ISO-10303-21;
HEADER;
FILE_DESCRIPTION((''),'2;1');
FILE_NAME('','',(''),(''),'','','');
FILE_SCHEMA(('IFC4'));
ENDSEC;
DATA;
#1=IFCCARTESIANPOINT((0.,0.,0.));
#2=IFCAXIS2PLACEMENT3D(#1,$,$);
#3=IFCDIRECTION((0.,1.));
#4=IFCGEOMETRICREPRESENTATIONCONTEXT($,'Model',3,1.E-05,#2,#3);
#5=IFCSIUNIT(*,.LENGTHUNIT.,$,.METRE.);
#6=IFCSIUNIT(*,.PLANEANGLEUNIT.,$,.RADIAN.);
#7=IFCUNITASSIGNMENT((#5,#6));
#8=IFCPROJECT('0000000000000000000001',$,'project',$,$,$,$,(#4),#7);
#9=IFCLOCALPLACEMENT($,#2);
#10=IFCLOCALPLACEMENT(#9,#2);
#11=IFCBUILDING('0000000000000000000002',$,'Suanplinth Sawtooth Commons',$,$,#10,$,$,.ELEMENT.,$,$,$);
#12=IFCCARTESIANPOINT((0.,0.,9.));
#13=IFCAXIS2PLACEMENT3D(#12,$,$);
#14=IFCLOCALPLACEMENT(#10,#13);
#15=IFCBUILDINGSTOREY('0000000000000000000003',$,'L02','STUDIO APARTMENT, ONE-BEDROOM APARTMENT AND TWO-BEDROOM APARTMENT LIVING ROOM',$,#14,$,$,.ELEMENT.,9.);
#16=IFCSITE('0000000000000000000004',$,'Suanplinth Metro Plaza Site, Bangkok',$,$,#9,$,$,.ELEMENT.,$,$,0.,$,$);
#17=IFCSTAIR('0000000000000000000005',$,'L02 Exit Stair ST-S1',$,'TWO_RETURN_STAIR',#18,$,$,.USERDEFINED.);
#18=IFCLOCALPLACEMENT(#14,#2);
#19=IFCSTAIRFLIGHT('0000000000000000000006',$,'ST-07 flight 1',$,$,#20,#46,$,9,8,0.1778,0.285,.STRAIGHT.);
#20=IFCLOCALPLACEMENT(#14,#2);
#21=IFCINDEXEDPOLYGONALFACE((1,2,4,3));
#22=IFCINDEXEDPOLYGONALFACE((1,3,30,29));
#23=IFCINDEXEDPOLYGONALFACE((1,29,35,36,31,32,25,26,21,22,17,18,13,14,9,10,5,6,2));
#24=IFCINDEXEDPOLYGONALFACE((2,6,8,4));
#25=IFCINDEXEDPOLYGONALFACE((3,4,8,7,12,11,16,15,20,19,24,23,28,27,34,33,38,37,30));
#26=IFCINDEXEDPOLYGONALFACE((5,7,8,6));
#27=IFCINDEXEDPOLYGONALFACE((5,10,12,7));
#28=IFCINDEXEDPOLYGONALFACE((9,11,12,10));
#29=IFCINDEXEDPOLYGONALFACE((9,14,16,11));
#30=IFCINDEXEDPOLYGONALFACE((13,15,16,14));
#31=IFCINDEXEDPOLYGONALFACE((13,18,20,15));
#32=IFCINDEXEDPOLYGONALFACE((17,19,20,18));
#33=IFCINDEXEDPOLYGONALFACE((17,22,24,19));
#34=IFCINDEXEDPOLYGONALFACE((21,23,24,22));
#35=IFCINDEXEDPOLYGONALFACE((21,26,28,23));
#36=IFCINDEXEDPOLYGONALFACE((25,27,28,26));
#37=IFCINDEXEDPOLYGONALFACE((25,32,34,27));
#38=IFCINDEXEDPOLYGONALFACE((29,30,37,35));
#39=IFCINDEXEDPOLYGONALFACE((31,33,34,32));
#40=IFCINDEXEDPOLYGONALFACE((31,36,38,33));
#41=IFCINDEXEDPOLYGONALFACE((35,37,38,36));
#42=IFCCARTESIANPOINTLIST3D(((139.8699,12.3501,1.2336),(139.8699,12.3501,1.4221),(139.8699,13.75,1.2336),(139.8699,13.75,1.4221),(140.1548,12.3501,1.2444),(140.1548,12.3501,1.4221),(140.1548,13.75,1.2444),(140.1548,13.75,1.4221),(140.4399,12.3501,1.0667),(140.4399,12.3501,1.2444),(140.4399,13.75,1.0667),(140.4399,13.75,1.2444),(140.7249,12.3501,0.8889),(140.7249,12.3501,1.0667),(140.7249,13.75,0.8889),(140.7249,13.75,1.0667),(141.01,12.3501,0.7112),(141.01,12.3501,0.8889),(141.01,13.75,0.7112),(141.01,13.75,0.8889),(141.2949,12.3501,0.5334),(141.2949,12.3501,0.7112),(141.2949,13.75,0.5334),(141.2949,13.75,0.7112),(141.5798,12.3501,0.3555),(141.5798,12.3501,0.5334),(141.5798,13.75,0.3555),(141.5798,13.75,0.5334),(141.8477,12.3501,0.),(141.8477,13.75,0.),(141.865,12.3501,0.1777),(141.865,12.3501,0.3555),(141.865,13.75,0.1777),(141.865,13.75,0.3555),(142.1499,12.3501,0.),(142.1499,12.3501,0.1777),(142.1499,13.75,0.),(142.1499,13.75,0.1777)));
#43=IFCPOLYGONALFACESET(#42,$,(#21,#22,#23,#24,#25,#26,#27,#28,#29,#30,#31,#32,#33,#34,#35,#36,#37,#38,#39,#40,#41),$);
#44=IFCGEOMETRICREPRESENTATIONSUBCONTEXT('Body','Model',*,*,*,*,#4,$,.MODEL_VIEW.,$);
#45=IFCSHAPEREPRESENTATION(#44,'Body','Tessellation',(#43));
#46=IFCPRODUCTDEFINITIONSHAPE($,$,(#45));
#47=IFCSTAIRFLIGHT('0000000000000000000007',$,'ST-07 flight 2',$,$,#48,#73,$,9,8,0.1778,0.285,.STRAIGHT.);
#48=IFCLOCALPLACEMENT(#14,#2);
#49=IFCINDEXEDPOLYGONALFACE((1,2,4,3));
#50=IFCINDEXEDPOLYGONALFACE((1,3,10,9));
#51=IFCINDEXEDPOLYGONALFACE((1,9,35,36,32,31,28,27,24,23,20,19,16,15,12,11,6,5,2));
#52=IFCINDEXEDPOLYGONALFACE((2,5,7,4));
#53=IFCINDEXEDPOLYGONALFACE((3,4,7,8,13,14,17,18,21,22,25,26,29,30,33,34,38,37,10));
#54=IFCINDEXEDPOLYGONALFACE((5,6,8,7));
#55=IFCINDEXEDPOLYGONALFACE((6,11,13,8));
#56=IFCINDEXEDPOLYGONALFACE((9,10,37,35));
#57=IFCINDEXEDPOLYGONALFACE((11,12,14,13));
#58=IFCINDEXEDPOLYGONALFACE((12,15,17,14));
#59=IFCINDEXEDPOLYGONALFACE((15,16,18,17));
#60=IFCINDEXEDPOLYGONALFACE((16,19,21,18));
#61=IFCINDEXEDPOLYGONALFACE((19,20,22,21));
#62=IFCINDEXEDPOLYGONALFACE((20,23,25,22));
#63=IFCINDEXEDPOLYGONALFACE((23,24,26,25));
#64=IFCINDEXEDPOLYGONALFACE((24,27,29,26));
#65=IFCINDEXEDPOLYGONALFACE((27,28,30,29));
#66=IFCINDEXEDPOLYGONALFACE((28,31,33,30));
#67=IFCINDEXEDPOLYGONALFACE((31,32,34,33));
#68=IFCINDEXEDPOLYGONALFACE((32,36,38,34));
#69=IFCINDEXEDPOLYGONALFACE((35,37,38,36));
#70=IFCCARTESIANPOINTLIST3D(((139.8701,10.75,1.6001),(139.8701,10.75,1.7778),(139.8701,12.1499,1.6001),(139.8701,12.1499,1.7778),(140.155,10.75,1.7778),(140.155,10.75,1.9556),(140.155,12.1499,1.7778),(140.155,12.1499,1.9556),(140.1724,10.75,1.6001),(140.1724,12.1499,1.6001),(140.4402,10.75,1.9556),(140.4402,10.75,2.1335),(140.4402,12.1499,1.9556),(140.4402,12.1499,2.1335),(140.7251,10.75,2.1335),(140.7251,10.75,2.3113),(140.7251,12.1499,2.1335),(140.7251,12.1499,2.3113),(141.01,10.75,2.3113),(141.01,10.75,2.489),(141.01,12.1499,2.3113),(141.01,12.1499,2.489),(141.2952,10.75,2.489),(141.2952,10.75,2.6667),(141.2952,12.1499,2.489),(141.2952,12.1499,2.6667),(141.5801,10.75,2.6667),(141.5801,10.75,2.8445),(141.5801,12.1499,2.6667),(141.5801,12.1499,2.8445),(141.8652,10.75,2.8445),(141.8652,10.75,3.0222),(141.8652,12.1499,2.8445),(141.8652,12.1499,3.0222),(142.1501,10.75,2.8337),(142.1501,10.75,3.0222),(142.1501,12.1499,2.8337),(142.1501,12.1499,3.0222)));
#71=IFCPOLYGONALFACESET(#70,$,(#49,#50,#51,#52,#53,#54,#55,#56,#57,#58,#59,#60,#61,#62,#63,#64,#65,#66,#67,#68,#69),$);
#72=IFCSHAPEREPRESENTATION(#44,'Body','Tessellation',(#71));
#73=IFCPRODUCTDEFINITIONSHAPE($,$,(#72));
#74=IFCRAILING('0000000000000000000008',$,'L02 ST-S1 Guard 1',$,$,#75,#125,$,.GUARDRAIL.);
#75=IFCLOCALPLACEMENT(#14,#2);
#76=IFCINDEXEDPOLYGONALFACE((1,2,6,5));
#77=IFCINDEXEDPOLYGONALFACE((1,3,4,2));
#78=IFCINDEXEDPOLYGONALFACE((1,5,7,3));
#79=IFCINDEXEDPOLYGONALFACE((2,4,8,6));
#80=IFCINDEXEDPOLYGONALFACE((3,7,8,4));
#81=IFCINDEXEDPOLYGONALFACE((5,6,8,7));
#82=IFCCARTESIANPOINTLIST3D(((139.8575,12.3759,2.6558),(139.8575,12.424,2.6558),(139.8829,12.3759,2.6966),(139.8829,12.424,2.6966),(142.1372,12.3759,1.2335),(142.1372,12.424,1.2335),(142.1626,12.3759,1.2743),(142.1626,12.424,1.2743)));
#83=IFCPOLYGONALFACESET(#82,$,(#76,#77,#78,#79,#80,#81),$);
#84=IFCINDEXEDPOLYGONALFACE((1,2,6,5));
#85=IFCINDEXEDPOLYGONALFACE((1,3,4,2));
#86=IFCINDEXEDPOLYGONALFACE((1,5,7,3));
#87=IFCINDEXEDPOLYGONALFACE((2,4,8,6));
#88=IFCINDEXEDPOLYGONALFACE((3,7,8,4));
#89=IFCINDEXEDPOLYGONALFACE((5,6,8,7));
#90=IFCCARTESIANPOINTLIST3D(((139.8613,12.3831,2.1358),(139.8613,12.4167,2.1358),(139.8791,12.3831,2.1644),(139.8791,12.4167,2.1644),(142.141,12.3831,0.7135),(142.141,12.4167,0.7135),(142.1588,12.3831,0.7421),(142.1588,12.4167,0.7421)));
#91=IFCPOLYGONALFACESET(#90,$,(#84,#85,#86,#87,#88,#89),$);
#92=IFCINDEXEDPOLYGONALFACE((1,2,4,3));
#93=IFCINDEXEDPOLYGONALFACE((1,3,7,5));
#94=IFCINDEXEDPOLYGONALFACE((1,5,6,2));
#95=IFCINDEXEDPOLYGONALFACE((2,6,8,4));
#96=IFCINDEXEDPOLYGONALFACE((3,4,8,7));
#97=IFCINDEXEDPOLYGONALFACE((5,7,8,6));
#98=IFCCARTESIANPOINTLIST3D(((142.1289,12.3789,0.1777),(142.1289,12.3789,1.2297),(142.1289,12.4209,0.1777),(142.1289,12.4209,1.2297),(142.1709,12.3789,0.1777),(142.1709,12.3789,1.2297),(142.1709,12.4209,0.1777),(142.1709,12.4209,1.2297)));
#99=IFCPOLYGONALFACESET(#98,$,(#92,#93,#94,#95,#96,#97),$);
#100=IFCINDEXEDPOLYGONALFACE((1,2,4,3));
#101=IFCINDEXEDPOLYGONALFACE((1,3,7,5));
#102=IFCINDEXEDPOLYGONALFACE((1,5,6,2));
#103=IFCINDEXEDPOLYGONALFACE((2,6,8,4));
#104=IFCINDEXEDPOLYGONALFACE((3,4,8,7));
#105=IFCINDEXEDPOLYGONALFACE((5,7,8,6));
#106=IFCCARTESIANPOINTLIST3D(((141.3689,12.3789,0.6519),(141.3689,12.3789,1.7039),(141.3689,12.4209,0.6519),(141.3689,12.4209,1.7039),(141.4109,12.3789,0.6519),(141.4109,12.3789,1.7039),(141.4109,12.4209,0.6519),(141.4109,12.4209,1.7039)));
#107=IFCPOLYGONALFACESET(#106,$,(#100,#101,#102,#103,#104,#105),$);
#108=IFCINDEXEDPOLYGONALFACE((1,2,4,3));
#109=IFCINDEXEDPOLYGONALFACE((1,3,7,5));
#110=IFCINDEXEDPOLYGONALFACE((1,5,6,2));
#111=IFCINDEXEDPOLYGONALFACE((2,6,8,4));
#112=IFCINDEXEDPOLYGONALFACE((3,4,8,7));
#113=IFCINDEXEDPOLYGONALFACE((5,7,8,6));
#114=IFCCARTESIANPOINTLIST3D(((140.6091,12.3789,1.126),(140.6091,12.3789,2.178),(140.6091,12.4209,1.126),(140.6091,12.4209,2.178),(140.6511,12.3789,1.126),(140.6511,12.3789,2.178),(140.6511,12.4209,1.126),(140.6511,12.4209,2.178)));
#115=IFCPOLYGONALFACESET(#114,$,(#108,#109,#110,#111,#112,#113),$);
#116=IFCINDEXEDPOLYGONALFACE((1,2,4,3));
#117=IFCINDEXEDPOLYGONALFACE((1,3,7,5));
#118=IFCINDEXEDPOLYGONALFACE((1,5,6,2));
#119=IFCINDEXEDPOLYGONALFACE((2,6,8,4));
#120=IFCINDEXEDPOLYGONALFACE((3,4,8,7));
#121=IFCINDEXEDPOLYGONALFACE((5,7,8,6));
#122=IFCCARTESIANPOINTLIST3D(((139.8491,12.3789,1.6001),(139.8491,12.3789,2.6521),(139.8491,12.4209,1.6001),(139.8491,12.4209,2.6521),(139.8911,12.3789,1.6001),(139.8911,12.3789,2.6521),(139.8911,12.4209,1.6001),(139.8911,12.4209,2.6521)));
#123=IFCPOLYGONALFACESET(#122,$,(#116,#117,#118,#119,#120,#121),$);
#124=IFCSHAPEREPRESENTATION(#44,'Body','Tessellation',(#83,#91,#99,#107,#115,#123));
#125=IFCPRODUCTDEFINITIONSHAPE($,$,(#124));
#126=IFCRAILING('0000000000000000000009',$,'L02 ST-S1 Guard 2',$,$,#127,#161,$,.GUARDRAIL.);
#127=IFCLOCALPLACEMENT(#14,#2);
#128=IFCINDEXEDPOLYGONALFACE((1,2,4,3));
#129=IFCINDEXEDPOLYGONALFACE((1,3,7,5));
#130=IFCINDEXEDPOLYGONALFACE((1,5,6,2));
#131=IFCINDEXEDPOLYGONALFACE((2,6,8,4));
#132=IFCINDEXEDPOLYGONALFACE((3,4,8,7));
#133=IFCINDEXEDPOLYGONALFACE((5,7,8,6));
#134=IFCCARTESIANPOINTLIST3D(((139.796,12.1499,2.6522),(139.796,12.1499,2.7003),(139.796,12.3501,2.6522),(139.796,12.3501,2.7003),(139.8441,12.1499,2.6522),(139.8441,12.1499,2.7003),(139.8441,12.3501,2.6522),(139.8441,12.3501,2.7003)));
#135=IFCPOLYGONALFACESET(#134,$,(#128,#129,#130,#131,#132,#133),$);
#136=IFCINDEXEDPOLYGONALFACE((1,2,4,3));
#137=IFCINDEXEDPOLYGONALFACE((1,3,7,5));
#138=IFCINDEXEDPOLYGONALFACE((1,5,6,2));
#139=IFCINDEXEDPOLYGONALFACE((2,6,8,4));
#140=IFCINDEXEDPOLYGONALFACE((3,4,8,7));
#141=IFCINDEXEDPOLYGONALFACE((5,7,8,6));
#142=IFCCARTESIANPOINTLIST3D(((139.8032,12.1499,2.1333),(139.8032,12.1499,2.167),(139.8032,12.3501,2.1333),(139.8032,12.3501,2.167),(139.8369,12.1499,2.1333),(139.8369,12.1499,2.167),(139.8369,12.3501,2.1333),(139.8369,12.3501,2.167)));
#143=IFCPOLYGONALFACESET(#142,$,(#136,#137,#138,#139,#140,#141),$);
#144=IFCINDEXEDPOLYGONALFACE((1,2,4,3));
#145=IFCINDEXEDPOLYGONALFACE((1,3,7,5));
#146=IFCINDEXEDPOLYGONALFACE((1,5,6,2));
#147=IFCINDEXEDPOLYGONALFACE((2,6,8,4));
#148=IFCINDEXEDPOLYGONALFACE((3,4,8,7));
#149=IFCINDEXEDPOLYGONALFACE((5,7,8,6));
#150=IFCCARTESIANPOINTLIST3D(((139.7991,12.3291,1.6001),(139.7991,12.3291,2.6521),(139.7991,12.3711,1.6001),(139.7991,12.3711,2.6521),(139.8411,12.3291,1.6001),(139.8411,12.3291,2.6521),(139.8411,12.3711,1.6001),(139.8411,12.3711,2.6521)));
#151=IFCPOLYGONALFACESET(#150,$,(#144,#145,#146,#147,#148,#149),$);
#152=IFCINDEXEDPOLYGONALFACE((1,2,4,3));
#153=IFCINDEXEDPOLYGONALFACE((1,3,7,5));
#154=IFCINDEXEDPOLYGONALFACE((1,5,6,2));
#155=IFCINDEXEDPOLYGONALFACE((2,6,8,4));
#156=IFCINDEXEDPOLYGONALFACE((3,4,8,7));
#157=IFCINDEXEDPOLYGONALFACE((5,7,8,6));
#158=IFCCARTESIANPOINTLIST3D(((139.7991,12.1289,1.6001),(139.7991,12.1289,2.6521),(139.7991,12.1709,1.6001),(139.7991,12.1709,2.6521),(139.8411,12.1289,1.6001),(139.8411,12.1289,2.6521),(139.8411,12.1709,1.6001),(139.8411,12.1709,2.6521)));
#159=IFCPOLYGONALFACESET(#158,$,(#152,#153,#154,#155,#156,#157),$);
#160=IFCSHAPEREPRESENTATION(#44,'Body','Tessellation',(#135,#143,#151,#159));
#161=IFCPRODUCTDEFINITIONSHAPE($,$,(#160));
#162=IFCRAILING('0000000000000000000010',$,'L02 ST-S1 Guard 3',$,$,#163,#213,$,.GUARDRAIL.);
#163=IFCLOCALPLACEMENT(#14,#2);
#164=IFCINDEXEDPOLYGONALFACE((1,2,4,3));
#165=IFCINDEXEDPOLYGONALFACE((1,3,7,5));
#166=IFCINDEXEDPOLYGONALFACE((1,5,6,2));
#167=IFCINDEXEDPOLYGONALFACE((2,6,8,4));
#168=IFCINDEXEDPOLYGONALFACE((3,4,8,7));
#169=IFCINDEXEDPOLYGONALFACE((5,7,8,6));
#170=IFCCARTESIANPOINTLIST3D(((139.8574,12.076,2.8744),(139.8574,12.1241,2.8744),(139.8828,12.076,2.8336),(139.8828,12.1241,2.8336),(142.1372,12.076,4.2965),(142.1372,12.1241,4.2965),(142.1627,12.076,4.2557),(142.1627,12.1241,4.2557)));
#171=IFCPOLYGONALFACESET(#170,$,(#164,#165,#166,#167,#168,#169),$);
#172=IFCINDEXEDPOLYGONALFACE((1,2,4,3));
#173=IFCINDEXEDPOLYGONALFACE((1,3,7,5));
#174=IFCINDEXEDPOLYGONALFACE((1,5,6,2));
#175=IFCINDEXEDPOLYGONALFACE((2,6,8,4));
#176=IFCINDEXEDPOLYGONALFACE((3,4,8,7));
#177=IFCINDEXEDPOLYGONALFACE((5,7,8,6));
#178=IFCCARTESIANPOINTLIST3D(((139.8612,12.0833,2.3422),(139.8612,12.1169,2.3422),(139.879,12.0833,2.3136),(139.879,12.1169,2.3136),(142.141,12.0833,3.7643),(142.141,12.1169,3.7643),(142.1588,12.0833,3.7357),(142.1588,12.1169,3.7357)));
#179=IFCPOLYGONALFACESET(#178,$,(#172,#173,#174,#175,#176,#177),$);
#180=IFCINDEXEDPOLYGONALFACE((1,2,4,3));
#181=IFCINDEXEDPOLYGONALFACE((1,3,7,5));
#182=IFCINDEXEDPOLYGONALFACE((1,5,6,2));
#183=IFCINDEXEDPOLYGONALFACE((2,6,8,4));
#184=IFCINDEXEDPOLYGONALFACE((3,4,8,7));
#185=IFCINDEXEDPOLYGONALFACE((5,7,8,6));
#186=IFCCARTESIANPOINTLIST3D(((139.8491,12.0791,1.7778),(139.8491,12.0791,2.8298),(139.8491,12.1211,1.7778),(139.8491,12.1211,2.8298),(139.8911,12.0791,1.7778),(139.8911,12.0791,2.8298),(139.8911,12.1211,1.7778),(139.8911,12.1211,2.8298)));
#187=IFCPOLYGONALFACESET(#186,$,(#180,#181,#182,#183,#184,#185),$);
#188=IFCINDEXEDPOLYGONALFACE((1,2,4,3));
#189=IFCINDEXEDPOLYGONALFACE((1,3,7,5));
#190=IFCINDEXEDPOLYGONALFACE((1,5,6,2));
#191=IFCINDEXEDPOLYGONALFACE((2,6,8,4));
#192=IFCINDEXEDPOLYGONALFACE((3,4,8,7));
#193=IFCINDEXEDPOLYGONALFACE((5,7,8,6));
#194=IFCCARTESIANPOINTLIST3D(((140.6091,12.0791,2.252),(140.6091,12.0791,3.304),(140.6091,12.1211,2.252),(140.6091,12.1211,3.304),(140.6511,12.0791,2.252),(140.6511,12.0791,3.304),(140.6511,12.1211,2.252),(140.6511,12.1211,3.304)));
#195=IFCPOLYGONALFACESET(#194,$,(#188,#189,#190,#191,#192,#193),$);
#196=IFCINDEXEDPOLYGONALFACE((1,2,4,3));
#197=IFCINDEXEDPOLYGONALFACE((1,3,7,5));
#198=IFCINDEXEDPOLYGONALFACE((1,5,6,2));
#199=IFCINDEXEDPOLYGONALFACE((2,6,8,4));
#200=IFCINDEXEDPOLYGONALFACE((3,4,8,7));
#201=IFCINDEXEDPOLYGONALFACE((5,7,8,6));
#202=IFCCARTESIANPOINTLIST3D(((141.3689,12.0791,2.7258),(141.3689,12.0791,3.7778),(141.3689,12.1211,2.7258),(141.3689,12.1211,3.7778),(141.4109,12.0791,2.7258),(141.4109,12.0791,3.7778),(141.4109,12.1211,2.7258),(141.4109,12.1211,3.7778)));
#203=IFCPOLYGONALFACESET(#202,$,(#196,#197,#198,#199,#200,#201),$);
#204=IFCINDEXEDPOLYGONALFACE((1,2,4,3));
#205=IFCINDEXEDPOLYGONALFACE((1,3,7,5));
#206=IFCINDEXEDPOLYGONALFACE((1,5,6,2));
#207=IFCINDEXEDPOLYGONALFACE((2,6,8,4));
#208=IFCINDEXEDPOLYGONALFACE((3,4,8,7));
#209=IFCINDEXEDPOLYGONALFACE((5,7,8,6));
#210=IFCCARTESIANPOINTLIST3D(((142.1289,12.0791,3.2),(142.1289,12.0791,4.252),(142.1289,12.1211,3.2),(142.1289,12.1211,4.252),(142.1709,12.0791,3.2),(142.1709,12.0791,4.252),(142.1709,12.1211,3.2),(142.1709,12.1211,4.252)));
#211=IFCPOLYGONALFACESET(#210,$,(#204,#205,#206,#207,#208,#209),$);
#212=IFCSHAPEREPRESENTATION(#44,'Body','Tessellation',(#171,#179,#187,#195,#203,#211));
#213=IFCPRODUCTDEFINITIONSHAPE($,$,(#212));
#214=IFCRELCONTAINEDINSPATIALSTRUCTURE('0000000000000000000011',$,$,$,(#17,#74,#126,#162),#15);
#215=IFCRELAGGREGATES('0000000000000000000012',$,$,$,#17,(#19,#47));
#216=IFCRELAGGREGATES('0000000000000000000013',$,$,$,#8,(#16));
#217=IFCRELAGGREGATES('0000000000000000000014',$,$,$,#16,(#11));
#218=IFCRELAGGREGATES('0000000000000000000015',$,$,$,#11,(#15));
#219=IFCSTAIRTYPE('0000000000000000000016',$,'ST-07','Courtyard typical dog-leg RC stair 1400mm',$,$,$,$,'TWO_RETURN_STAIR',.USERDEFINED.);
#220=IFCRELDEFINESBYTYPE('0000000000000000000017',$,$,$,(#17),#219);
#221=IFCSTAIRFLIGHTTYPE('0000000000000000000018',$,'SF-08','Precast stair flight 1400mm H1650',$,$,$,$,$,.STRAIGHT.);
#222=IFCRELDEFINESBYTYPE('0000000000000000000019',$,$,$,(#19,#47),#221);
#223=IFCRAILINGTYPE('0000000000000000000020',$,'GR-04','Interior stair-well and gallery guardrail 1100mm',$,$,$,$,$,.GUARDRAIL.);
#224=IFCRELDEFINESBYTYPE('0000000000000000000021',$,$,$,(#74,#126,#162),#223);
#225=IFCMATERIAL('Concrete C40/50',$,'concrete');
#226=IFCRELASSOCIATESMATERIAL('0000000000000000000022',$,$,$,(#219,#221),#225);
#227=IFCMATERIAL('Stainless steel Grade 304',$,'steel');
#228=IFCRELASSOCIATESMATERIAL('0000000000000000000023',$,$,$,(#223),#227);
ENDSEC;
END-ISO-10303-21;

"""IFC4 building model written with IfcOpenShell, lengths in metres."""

from ifc_helpers import new_model, si_unit, direction, frame, origin, origin_2d, place, context, subcontext, project, spatial, polyline, rectangle, outline, extrude, material, type_object, element, aggregate, save


model = new_model("IFC4")

# Units and contexts
model_context = context("Model", 3, precision=1e-05, world=origin(), true_north=direction((0.0, 1.0)))
body_context = subcontext(model_context, "Body", "Model", "MODEL_VIEW")
ifc_project = project(units=[si_unit("LENGTHUNIT", "METRE"), si_unit("PLANEANGLEUNIT", "RADIAN")], contexts=[model_context])

# Site, building, storey
site_placement = place(None, origin())
site = spatial("IfcSite", under=ifc_project, at=site_placement, Name="Suanplinth Metro Plaza Site, Bangkok", CompositionType="ELEMENT", RefElevation=0.0)
building_placement = place(site_placement, origin())
building = spatial("IfcBuilding", under=site, at=building_placement, Name="Suanplinth Sawtooth Commons", CompositionType="ELEMENT")
storey_placement = place(building_placement, frame((0.0, 0.0, 9.0)))
storey = spatial("IfcBuildingStorey", under=building, at=storey_placement, Name="L02", Description="STUDIO APARTMENT, ONE-BEDROOM APARTMENT AND TWO-BEDROOM APARTMENT LIVING ROOM", CompositionType="ELEMENT", Elevation=9.0)

# Shared definitions
ifc_material_1 = material(Name="Concrete C40/50", Category="concrete")

# Shared definitions
ifc_material_2 = material(Name="Stainless steel Grade 304", Category="steel")

# Stair, stair flights
stair_type = type_object("IfcStairType", Name="ST-07", Description="Courtyard typical dog-leg RC stair 1400mm", ElementType="TWO_RETURN_STAIR", PredefinedType="USERDEFINED", material=ifc_material_1)
stair_placement = place(storey_placement, origin())
stair = element("IfcStair", 1, at=stair_placement, inside=storey, type_object=stair_type, Name="L02 Exit Stair ST-S1", ObjectType="TWO_RETURN_STAIR", PredefinedType="USERDEFINED")
stair_flight_type = type_object("IfcStairFlightType", Name="SF-08", Description="Precast stair flight 1400mm H1650", PredefinedType="STRAIGHT", material=ifc_material_1)
stair_flight_1_placement = place(storey_placement, frame((142.1499, 13.05, 0.0), z_axis=(0.0, 0.0, 1.0), x_axis=(-1.0, 0.0, 0.0)))
stair_flight_1 = element("IfcStairFlight", 2, at=stair_flight_1_placement, type_object=stair_flight_type, Name="ST-07 flight 1", NumberOfRisers=9, NumberOfTreads=8, PredefinedType="STRAIGHT", RiserHeight=0.1778, TreadLength=0.285, context=body_context, shape_type="SweptSolid", body=[
    extrude(outline(polyline([(0.0, 0.0), (0.0, 0.1777), (0.2849, 0.1777), (0.2849, 0.3555), (0.5701, 0.3555), (0.5701, 0.5334), (0.855, 0.5334), (0.855, 0.7112), (1.1399, 0.7112), (1.1399, 0.8889), (1.425, 0.8889), (1.425, 1.0667), (1.71, 1.0667), (1.71, 1.2444), (1.9951, 1.2444), (1.9951, 1.4221), (2.28, 1.4221), (2.28, 1.6001), (2.28, 1.2336), (0.3022, 0.0), (0.0, 0.0)])), frame((0.0, 0.7, 0.0), z_axis=(0.0, -1.0, 0.0), x_axis=(1.0, 0.0, 0.0)), (0.0, 0.0, 1.0), 1.3999),
])
stair_flight_2_placement = place(storey_placement, frame((139.8701, 11.45, 1.6001), z_axis=(0.0, 0.0, 1.0), x_axis=(1.0, 0.0, 0.0)))
stair_flight_2 = element("IfcStairFlight", 3, at=stair_flight_2_placement, type_object=stair_flight_type, Name="ST-07 flight 2", NumberOfRisers=9, NumberOfTreads=8, PredefinedType="STRAIGHT", RiserHeight=0.1778, TreadLength=0.285, context=body_context, shape_type="SweptSolid", body=[
    extrude(outline(polyline([(0.0, 0.0), (0.0, 0.1777), (0.2849, 0.1777), (0.2849, 0.3555), (0.5701, 0.3555), (0.5701, 0.5334), (0.855, 0.5334), (0.855, 0.7112), (1.1399, 0.7112), (1.1399, 0.8889), (1.425, 0.8889), (1.425, 1.0667), (1.71, 1.0667), (1.71, 1.2444), (1.9951, 1.2444), (1.9951, 1.4221), (2.28, 1.4221), (2.28, 1.6001), (2.28, 1.2336), (0.3022, 0.0), (0.0, 0.0)])), frame((0.0, 0.7, 0.0), z_axis=(0.0, -1.0, 0.0), x_axis=(1.0, 0.0, 0.0)), (0.0, 0.0, 1.0), 1.3999),
])
aggregate(stair, [stair_flight_1, stair_flight_2])

# Railings
railing_type_1 = type_object("IfcRailingType", Name="GR-04", Description="Interior stair-well and gallery guardrail 1100mm", PredefinedType="GUARDRAIL", material=ifc_material_2)
railing_1_placement = place(storey_placement, frame((142.1499, 12.3999, 0.1777)))
element("IfcRailing", 4, at=railing_1_placement, inside=storey, type_object=railing_type_1, Name="L02 ST-S1 Guard 1", PredefinedType="GUARDRAIL", context=body_context, shape_type="SweptSolid", body=[
    extrude(rectangle(XDim=0.0481, YDim=0.0481, at=origin_2d()), frame((0.0, 0.0, 1.0762), z_axis=(-0.848417, 0.0, 0.529329), x_axis=(0.0, -1.0, 0.0)), (0.0, 0.0, 1.0), 2.687),
    extrude(rectangle(XDim=0.0337, YDim=0.0337, at=origin_2d()), frame((0.0, 0.0, 0.55), z_axis=(-0.848417, 0.0, 0.529329), x_axis=(0.0, -1.0, 0.0)), (0.0, 0.0, 1.0), 2.687),
    extrude(rectangle(XDim=0.042, YDim=0.042, at=origin_2d()), origin(), (0.0, 0.0, 1.0), 1.052),
    extrude(rectangle(XDim=0.042, YDim=0.042, at=origin_2d()), frame((-0.76, 0.0, 0.4741)), (0.0, 0.0, 1.0), 1.052),
    extrude(rectangle(XDim=0.042, YDim=0.042, at=origin_2d()), frame((-1.5198, 0.0, 0.9482)), (0.0, 0.0, 1.0), 1.052),
    extrude(rectangle(XDim=0.042, YDim=0.042, at=origin_2d()), frame((-2.2798, 0.0, 1.4224)), (0.0, 0.0, 1.0), 1.052),
])
railing_2_placement = place(storey_placement, frame((139.8201, 12.3501, 1.6001)))
element("IfcRailing", 5, at=railing_2_placement, inside=storey, type_object=railing_type_1, Name="L02 ST-S1 Guard 2", PredefinedType="GUARDRAIL", context=body_context, shape_type="SweptSolid", body=[
    extrude(rectangle(XDim=0.0481, YDim=0.0481, at=origin_2d()), frame((0.0, 0.0, 1.0762), z_axis=(0.0, -1.0, 0.0), x_axis=(1.0, 0.0, 0.0)), (0.0, 0.0, 1.0), 0.2002),
    extrude(rectangle(XDim=0.0337, YDim=0.0337, at=origin_2d()), frame((0.0, 0.0, 0.55), z_axis=(0.0, -1.0, 0.0), x_axis=(1.0, 0.0, 0.0)), (0.0, 0.0, 1.0), 0.2002),
    extrude(rectangle(XDim=0.042, YDim=0.042, at=origin_2d()), origin(), (0.0, 0.0, 1.0), 1.052),
    extrude(rectangle(XDim=0.042, YDim=0.042, at=origin_2d()), frame((0.0, -0.2002, 0.0)), (0.0, 0.0, 1.0), 1.052),
])
railing_3_placement = place(storey_placement, frame((139.8701, 12.1001, 1.7778)))
element("IfcRailing", 6, at=railing_3_placement, inside=storey, type_object=railing_type_1, Name="L02 ST-S1 Guard 3", PredefinedType="GUARDRAIL", context=body_context, shape_type="SweptSolid", body=[
    extrude(rectangle(XDim=0.0481, YDim=0.0481, at=origin_2d()), frame((0.0, 0.0, 1.0762), z_axis=(0.848457, 0.0, 0.529264), x_axis=(0.0, 1.0, 0.0)), (0.0, 0.0, 1.0), 2.687),
    extrude(rectangle(XDim=0.0337, YDim=0.0337, at=origin_2d()), frame((0.0, 0.0, 0.55), z_axis=(0.848457, 0.0, 0.529264), x_axis=(0.0, 1.0, 0.0)), (0.0, 0.0, 1.0), 2.687),
    extrude(rectangle(XDim=0.042, YDim=0.042, at=origin_2d()), origin(), (0.0, 0.0, 1.0), 1.052),
    extrude(rectangle(XDim=0.042, YDim=0.042, at=origin_2d()), frame((0.76, 0.0, 0.4741)), (0.0, 0.0, 1.0), 1.052),
    extrude(rectangle(XDim=0.042, YDim=0.042, at=origin_2d()), frame((1.5198, 0.0, 0.948)), (0.0, 0.0, 1.0), 1.052),
    extrude(rectangle(XDim=0.042, YDim=0.042, at=origin_2d()), frame((2.2798, 0.0, 1.4221)), (0.0, 0.0, 1.0), 1.052),
])

save(model, "model.ifc")
